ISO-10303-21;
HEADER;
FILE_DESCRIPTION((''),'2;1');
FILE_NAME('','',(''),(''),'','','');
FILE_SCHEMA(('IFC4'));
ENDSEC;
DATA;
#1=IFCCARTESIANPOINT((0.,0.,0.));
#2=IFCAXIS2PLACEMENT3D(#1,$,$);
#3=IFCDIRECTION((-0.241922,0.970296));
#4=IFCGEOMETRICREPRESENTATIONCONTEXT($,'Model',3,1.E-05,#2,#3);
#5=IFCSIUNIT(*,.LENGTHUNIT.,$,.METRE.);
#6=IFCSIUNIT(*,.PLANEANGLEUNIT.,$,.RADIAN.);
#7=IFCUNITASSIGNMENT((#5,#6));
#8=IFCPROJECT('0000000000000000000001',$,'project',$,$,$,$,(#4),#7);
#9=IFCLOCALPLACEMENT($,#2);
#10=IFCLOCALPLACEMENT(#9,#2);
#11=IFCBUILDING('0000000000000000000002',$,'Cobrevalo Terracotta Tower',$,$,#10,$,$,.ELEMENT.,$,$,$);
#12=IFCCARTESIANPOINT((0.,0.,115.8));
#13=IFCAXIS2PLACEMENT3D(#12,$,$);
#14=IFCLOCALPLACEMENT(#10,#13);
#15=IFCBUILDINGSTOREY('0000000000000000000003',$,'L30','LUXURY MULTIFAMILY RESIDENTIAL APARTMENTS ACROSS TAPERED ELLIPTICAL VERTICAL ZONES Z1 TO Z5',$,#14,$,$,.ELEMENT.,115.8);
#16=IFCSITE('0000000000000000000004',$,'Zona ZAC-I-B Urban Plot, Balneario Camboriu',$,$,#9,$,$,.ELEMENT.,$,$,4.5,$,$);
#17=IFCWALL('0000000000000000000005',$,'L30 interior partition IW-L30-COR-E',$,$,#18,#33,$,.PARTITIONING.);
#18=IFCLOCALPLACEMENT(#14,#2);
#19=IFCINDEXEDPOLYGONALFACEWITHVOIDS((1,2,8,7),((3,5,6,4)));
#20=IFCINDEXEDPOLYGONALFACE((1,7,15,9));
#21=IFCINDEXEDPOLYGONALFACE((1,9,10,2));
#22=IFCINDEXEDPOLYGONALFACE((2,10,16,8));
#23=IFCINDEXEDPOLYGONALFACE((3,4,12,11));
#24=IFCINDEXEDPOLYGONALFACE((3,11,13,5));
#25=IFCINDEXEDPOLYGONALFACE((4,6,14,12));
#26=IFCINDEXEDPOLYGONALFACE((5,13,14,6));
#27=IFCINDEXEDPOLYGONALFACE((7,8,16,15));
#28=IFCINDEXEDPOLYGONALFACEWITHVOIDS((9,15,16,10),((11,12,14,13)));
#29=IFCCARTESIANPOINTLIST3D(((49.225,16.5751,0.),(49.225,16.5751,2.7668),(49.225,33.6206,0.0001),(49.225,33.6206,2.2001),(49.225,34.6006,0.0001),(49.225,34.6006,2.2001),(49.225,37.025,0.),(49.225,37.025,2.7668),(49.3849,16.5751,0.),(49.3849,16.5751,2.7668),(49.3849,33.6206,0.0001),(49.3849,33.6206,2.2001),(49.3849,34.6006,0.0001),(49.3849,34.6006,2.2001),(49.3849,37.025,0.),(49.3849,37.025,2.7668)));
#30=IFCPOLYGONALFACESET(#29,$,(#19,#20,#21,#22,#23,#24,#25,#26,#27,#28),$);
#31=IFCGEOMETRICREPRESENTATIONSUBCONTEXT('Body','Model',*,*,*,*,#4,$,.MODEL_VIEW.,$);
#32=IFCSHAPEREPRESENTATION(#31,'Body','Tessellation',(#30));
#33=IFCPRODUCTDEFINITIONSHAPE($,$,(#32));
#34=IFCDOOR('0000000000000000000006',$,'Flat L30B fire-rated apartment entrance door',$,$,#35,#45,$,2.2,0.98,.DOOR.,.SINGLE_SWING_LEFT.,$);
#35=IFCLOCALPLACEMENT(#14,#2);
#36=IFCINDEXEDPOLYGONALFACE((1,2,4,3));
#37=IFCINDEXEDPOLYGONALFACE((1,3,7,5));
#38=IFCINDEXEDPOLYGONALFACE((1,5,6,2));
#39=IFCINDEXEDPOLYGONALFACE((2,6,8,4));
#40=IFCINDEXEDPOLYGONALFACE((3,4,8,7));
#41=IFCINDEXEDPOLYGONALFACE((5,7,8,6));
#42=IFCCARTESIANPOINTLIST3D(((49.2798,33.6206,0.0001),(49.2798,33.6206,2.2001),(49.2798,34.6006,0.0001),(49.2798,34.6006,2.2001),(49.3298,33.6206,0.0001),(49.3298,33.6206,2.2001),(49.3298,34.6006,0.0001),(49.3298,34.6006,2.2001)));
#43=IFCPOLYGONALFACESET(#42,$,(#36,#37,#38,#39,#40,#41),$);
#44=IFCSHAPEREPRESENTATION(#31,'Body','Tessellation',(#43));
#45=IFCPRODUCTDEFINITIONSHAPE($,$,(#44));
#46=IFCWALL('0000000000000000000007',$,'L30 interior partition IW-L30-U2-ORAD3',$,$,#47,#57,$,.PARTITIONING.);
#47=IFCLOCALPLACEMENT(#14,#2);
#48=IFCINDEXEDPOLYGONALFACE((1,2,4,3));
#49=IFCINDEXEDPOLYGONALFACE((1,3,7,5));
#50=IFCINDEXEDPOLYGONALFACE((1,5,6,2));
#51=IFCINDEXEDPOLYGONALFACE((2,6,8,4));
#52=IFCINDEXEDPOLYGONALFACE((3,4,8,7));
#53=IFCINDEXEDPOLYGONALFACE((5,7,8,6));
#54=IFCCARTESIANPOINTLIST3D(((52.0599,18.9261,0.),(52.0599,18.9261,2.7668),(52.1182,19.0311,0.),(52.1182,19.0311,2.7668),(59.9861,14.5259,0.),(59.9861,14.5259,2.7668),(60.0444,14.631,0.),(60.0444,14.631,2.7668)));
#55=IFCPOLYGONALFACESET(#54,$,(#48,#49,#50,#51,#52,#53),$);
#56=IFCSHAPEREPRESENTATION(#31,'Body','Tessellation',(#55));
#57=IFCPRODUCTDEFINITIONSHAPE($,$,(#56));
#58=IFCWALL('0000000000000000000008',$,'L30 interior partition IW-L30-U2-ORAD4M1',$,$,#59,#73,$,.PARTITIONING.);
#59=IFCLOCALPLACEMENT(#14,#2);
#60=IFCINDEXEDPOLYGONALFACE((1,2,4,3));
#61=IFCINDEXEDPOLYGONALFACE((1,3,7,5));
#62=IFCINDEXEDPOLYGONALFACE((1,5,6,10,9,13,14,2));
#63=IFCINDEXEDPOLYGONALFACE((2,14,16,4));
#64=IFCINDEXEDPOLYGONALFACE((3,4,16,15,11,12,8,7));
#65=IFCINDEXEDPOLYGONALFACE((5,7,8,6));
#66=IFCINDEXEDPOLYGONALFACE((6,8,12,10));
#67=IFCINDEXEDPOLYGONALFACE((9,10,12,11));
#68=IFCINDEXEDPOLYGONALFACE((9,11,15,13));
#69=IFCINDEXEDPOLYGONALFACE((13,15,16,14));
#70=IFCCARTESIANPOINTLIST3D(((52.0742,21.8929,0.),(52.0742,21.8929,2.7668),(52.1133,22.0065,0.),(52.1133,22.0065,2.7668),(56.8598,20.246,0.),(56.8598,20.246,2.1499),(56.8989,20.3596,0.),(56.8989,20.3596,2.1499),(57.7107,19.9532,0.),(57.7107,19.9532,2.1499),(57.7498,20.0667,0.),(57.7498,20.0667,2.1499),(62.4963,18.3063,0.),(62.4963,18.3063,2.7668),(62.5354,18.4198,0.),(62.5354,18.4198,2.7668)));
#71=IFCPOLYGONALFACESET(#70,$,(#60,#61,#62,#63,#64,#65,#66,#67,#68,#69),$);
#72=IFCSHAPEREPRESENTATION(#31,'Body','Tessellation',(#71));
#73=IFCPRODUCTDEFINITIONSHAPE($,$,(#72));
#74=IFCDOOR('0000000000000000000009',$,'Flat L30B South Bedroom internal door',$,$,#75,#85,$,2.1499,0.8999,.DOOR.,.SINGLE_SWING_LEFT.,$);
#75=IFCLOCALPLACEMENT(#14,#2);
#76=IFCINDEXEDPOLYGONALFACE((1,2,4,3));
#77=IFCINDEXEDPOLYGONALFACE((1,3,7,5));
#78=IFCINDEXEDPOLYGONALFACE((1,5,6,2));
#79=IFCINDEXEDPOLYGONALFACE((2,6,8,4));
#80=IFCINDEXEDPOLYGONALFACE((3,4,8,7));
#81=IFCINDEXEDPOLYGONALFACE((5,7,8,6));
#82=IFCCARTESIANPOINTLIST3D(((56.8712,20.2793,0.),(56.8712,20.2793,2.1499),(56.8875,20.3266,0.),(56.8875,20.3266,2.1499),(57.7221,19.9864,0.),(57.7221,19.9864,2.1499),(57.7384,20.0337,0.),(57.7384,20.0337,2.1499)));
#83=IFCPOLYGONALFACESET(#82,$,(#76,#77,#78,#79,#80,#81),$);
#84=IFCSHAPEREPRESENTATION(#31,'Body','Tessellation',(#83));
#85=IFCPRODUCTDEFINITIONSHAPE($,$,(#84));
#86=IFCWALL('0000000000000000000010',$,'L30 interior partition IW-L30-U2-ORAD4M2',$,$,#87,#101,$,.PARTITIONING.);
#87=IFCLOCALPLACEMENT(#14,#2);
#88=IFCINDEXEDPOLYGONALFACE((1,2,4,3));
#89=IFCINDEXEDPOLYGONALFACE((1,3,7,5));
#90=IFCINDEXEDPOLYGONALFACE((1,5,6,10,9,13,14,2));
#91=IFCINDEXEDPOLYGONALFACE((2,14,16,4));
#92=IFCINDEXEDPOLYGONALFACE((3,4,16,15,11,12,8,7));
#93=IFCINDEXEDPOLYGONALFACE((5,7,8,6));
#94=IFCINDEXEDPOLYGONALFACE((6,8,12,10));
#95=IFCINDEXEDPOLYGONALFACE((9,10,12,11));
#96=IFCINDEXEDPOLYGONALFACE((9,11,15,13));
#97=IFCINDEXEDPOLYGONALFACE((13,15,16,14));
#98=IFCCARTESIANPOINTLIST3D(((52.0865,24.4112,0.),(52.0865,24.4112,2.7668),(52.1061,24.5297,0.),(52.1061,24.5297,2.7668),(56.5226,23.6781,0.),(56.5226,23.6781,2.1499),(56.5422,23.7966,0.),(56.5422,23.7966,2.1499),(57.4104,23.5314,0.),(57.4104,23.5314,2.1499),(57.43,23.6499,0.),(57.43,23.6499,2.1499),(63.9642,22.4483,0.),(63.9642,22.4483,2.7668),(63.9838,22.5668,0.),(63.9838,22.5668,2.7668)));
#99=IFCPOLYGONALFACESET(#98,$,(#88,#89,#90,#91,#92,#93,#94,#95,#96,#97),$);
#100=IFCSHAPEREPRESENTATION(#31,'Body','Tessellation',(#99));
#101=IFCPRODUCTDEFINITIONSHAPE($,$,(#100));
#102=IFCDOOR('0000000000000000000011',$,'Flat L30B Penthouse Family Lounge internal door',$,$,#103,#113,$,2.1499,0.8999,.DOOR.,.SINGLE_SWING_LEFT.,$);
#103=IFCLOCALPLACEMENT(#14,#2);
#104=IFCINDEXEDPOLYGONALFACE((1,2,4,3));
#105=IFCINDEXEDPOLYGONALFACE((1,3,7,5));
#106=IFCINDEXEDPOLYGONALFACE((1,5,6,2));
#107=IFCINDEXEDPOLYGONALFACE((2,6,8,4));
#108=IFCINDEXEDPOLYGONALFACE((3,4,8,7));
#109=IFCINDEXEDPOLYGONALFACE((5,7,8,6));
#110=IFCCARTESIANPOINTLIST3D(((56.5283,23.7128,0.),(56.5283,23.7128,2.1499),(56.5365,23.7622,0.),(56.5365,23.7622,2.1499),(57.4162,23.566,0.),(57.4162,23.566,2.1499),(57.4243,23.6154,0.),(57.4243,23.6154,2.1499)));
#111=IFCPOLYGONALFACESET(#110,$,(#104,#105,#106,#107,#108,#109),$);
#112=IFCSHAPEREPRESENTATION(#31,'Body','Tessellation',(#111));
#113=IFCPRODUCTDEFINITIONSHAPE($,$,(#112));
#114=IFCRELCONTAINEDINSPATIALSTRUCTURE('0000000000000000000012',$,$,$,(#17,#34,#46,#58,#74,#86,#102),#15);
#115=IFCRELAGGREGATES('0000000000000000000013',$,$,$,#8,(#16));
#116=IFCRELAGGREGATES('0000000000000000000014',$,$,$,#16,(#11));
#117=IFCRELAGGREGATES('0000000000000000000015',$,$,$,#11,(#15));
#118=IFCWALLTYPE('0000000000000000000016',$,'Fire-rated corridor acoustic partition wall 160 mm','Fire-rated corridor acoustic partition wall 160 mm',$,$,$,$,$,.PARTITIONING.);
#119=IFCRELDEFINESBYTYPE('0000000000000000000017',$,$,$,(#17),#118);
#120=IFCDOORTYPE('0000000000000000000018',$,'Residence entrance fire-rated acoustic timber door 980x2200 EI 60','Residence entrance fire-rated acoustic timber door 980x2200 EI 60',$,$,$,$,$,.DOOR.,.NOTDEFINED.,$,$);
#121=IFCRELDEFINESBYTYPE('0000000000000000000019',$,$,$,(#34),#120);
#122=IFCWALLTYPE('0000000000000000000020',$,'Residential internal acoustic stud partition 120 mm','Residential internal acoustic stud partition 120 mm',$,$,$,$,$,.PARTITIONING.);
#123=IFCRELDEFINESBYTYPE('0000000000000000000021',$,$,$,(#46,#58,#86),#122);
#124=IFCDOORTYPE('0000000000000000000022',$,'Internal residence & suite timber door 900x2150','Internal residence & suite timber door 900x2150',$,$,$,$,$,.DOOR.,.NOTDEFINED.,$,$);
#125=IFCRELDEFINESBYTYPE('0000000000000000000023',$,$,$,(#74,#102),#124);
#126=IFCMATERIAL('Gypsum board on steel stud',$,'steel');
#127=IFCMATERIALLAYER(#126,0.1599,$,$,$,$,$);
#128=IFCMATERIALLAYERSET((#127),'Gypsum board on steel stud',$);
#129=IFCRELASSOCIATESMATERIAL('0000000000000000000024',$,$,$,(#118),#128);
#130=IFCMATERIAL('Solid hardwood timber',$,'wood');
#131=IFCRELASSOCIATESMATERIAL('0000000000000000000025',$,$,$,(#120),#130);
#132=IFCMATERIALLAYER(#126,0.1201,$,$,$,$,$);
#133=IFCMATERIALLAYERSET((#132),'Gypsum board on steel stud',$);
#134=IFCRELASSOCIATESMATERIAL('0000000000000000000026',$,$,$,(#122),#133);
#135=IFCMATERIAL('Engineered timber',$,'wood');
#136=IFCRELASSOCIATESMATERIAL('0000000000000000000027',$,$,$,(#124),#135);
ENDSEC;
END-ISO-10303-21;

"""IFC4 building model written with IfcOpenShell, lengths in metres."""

from ifc_helpers import new_model, si_unit, direction, frame, frame_2d, origin, place, context, subcontext, project, spatial, rectangle, extrude, source, transform, mapped, material, layer, layer_set, type_object, element, fill, save


model = new_model("IFC4")

# Units and contexts
model_context = context("Model", 3, precision=1e-05, world=origin(), true_north=direction((-0.241922, 0.970296)))
body_context = subcontext(model_context, "Body", "Model", "MODEL_VIEW")
ifc_project = project(units=[si_unit("LENGTHUNIT", "METRE"), si_unit("PLANEANGLEUNIT", "RADIAN")], contexts=[model_context])

# Site, building, storey
site_placement = place(None, origin())
site = spatial("IfcSite", under=ifc_project, at=site_placement, Name="Zona ZAC-I-B Urban Plot, Balneario Camboriu", CompositionType="ELEMENT", RefElevation=4.5)
building_placement = place(site_placement, origin())
building = spatial("IfcBuilding", under=site, at=building_placement, Name="Cobrevalo Terracotta Tower", CompositionType="ELEMENT")
storey_placement = place(building_placement, frame((0.0, 0.0, 115.8)))
storey = spatial("IfcBuildingStorey", under=building, at=storey_placement, Name="L30", Description="LUXURY MULTIFAMILY RESIDENTIAL APARTMENTS ACROSS TAPERED ELLIPTICAL VERTICAL ZONES Z1 TO Z5", CompositionType="ELEMENT", Elevation=115.8)

# Wall, opening, door
ifc_material_1 = material(Name="Gypsum board on steel stud", Category="steel")
ifc_layer_1 = layer(ifc_material_1, 0.1599)
ifc_layer_set_1 = layer_set([ifc_layer_1], Name="Gypsum board on steel stud")
wall_type_1 = type_object("IfcWallType", Name="Fire-rated corridor acoustic partition wall 160 mm", Description="Fire-rated corridor acoustic partition wall 160 mm", PredefinedType="PARTITIONING", material=ifc_layer_set_1)
wall_1_placement = place(storey_placement, frame((49.3049, 16.575, 0.0), z_axis=(0.0, 0.0, 1.0), x_axis=(0.0, 1.0, 0.0)))
wall_1 = element("IfcWall", 1, at=wall_1_placement, inside=storey, type_object=wall_type_1, Name="L30 interior partition IW-L30-COR-E", PredefinedType="PARTITIONING", context=body_context, shape_type="SweptSolid", body=[
    extrude(rectangle(XDim=20.45, YDim=0.1599, at=frame_2d((10.2251, 0.0))), origin(), (0.0, 0.0, 1.0), 2.7668),
])
opening_1_placement = place(wall_1_placement, frame((17.0457, 0.0, 0.0)))
opening_1 = element("IfcOpeningElement", 2, at=opening_1_placement, cuts=wall_1, PredefinedType="OPENING", context=body_context, shape_type="SweptSolid", body=[
    extrude(rectangle(XDim=0.98, YDim=2.2, at=frame_2d((0.49, 1.1001))), frame((0.0, 0.0898, 0.0), z_axis=(0.0, -1.0, 0.0), x_axis=(1.0, 0.0, 0.0)), (0.0, 0.0, 1.0), 0.1799),
])
ifc_material_2 = material(Name="Solid hardwood timber", Category="wood")
door_type_1 = type_object("IfcDoorType", Name="Residence entrance fire-rated acoustic timber door 980x2200 EI 60", Description="Residence entrance fire-rated acoustic timber door 980x2200 EI 60", OperationType="NOTDEFINED", PredefinedType="DOOR", material=ifc_material_2)
shared_shape_1 = source(origin(), body_context, "Body", "SweptSolid", [
    extrude(rectangle(XDim=0.98, YDim=2.2, at=frame_2d((0.49, 1.1001))), frame((0.0, 0.0249, 0.0), z_axis=(0.0, -1.0, 0.0), x_axis=(1.0, 0.0, 0.0)), (0.0, 0.0, 1.0), 0.05),
])
door_1_placement = place(opening_1_placement, frame((0.98, 0.0, 0.0), z_axis=(0.0, 0.0, 1.0), x_axis=(-1.0, 0.0, 0.0)))
door_1 = element("IfcDoor", 3, at=door_1_placement, inside=storey, type_object=door_type_1, Name="Flat L30B fire-rated apartment entrance door", OperationType="SINGLE_SWING_LEFT", OverallHeight=2.2, OverallWidth=0.98, PredefinedType="DOOR", context=body_context, shape_type="MappedRepresentation", body=[
    mapped(shared_shape_1, transform((0.0, 0.0, 0.0), scale=1.0)),
])
fill(opening_1, door_1)

# Wall
ifc_layer_2 = layer(ifc_material_1, 0.1201)
ifc_layer_set_2 = layer_set([ifc_layer_2], Name="Gypsum board on steel stud")
wall_type_2 = type_object("IfcWallType", Name="Residential internal acoustic stud partition 120 mm", Description="Residential internal acoustic stud partition 120 mm", PredefinedType="PARTITIONING", material=ifc_layer_set_2)
wall_2_placement = place(storey_placement, frame((52.0891, 18.9785, 0.0), z_axis=(0.0, 0.0, 1.0), x_axis=(0.874313, -0.485362, 0.0)))
element("IfcWall", 4, at=wall_2_placement, inside=storey, type_object=wall_type_2, Name="L30 interior partition IW-L30-U2-ORAD3", PredefinedType="PARTITIONING", context=body_context, shape_type="SweptSolid", body=[
    extrude(rectangle(XDim=9.0657, YDim=0.1201, at=frame_2d((4.5327, 0.0))), origin(), (0.0, 0.0, 1.0), 2.7668),
])

# Walls, openings, doors
wall_3_placement = place(storey_placement, frame((52.0938, 21.9497, 0.0), z_axis=(0.0, 0.0, 1.0), x_axis=(0.945573, -0.32541, 0.0)))
wall_3 = element("IfcWall", 5, at=wall_3_placement, inside=storey, type_object=wall_type_2, Name="L30 interior partition IW-L30-U2-ORAD4M1", PredefinedType="PARTITIONING", context=body_context, shape_type="SweptSolid", body=[
    extrude(rectangle(XDim=11.022, YDim=0.1201, at=frame_2d((5.511, 0.0))), origin(), (0.0, 0.0, 1.0), 2.7668),
])
opening_2_placement = place(wall_3_placement, frame((5.061, 0.0, 0.0)))
opening_2 = element("IfcOpeningElement", 6, at=opening_2_placement, cuts=wall_3, PredefinedType="OPENING", context=body_context, shape_type="SweptSolid", body=[
    extrude(rectangle(XDim=0.8999, YDim=2.1499, at=frame_2d((0.45, 1.075))), frame((0.0, 0.0701, 0.0), z_axis=(0.0, -1.0, 0.0), x_axis=(1.0, 0.0, 0.0)), (0.0, 0.0, 1.0), 0.1401),
])
ifc_material_3 = material(Name="Engineered timber", Category="wood")
door_type_2 = type_object("IfcDoorType", Name="Internal residence & suite timber door 900x2150", Description="Internal residence & suite timber door 900x2150", OperationType="NOTDEFINED", PredefinedType="DOOR", material=ifc_material_3)
shared_shape_2 = source(origin(), body_context, "Body", "SweptSolid", [
    extrude(rectangle(XDim=0.8999, YDim=2.1499, at=frame_2d((0.45, 1.075))), frame((0.0, 0.0249, 0.0), z_axis=(0.0, -1.0, 0.0), x_axis=(1.0, 0.0, 0.0)), (0.0, 0.0, 1.0), 0.05),
])
door_2_placement = place(opening_2_placement, frame((0.8999, 0.0, 0.0), z_axis=(0.0, 0.0, 1.0), x_axis=(-1.0, 0.0, 0.0)))
door_2 = element("IfcDoor", 7, at=door_2_placement, inside=storey, type_object=door_type_2, Name="Flat L30B South Bedroom internal door", OperationType="SINGLE_SWING_LEFT", OverallHeight=2.1499, OverallWidth=0.8999, PredefinedType="DOOR", context=body_context, shape_type="MappedRepresentation", body=[
    mapped(shared_shape_2, transform((0.0, 0.0, 0.0), scale=1.0)),
])
fill(opening_2, door_2)
wall_4_placement = place(storey_placement, frame((52.0962, 24.4705, 0.0), z_axis=(0.0, 0.0, 1.0), x_axis=(0.986618, -0.163047, 0.0)))
wall_4 = element("IfcWall", 8, at=wall_4_placement, inside=storey, type_object=wall_type_2, Name="L30 interior partition IW-L30-U2-ORAD4M2", PredefinedType="PARTITIONING", context=body_context, shape_type="SweptSolid", body=[
    extrude(rectangle(XDim=12.0388, YDim=0.1201, at=frame_2d((6.0195, 0.0))), origin(), (0.0, 0.0, 1.0), 2.7668),
])
opening_3_placement = place(wall_4_placement, frame((4.4963, 0.0, 0.0)))
opening_3 = element("IfcOpeningElement", 9, at=opening_3_placement, cuts=wall_4, PredefinedType="OPENING", context=body_context, shape_type="SweptSolid", body=[
    extrude(rectangle(XDim=0.8999, YDim=2.1499, at=frame_2d((0.45, 1.075))), frame((0.0, 0.0701, 0.0), z_axis=(0.0, -1.0, 0.0), x_axis=(1.0, 0.0, 0.0)), (0.0, 0.0, 1.0), 0.1401),
])
door_3_placement = place(opening_3_placement, frame((0.8999, 0.0, 0.0), z_axis=(0.0, 0.0, 1.0), x_axis=(-1.0, 0.0, 0.0)))
door_3 = element("IfcDoor", 10, at=door_3_placement, inside=storey, type_object=door_type_2, Name="Flat L30B Penthouse Family Lounge internal door", OperationType="SINGLE_SWING_LEFT", OverallHeight=2.1499, OverallWidth=0.8999, PredefinedType="DOOR", context=body_context, shape_type="MappedRepresentation", body=[
    mapped(shared_shape_2, transform((0.0, 0.0, 0.0), scale=1.0)),
])
fill(opening_3, door_3)

save(model, "model.ifc")
